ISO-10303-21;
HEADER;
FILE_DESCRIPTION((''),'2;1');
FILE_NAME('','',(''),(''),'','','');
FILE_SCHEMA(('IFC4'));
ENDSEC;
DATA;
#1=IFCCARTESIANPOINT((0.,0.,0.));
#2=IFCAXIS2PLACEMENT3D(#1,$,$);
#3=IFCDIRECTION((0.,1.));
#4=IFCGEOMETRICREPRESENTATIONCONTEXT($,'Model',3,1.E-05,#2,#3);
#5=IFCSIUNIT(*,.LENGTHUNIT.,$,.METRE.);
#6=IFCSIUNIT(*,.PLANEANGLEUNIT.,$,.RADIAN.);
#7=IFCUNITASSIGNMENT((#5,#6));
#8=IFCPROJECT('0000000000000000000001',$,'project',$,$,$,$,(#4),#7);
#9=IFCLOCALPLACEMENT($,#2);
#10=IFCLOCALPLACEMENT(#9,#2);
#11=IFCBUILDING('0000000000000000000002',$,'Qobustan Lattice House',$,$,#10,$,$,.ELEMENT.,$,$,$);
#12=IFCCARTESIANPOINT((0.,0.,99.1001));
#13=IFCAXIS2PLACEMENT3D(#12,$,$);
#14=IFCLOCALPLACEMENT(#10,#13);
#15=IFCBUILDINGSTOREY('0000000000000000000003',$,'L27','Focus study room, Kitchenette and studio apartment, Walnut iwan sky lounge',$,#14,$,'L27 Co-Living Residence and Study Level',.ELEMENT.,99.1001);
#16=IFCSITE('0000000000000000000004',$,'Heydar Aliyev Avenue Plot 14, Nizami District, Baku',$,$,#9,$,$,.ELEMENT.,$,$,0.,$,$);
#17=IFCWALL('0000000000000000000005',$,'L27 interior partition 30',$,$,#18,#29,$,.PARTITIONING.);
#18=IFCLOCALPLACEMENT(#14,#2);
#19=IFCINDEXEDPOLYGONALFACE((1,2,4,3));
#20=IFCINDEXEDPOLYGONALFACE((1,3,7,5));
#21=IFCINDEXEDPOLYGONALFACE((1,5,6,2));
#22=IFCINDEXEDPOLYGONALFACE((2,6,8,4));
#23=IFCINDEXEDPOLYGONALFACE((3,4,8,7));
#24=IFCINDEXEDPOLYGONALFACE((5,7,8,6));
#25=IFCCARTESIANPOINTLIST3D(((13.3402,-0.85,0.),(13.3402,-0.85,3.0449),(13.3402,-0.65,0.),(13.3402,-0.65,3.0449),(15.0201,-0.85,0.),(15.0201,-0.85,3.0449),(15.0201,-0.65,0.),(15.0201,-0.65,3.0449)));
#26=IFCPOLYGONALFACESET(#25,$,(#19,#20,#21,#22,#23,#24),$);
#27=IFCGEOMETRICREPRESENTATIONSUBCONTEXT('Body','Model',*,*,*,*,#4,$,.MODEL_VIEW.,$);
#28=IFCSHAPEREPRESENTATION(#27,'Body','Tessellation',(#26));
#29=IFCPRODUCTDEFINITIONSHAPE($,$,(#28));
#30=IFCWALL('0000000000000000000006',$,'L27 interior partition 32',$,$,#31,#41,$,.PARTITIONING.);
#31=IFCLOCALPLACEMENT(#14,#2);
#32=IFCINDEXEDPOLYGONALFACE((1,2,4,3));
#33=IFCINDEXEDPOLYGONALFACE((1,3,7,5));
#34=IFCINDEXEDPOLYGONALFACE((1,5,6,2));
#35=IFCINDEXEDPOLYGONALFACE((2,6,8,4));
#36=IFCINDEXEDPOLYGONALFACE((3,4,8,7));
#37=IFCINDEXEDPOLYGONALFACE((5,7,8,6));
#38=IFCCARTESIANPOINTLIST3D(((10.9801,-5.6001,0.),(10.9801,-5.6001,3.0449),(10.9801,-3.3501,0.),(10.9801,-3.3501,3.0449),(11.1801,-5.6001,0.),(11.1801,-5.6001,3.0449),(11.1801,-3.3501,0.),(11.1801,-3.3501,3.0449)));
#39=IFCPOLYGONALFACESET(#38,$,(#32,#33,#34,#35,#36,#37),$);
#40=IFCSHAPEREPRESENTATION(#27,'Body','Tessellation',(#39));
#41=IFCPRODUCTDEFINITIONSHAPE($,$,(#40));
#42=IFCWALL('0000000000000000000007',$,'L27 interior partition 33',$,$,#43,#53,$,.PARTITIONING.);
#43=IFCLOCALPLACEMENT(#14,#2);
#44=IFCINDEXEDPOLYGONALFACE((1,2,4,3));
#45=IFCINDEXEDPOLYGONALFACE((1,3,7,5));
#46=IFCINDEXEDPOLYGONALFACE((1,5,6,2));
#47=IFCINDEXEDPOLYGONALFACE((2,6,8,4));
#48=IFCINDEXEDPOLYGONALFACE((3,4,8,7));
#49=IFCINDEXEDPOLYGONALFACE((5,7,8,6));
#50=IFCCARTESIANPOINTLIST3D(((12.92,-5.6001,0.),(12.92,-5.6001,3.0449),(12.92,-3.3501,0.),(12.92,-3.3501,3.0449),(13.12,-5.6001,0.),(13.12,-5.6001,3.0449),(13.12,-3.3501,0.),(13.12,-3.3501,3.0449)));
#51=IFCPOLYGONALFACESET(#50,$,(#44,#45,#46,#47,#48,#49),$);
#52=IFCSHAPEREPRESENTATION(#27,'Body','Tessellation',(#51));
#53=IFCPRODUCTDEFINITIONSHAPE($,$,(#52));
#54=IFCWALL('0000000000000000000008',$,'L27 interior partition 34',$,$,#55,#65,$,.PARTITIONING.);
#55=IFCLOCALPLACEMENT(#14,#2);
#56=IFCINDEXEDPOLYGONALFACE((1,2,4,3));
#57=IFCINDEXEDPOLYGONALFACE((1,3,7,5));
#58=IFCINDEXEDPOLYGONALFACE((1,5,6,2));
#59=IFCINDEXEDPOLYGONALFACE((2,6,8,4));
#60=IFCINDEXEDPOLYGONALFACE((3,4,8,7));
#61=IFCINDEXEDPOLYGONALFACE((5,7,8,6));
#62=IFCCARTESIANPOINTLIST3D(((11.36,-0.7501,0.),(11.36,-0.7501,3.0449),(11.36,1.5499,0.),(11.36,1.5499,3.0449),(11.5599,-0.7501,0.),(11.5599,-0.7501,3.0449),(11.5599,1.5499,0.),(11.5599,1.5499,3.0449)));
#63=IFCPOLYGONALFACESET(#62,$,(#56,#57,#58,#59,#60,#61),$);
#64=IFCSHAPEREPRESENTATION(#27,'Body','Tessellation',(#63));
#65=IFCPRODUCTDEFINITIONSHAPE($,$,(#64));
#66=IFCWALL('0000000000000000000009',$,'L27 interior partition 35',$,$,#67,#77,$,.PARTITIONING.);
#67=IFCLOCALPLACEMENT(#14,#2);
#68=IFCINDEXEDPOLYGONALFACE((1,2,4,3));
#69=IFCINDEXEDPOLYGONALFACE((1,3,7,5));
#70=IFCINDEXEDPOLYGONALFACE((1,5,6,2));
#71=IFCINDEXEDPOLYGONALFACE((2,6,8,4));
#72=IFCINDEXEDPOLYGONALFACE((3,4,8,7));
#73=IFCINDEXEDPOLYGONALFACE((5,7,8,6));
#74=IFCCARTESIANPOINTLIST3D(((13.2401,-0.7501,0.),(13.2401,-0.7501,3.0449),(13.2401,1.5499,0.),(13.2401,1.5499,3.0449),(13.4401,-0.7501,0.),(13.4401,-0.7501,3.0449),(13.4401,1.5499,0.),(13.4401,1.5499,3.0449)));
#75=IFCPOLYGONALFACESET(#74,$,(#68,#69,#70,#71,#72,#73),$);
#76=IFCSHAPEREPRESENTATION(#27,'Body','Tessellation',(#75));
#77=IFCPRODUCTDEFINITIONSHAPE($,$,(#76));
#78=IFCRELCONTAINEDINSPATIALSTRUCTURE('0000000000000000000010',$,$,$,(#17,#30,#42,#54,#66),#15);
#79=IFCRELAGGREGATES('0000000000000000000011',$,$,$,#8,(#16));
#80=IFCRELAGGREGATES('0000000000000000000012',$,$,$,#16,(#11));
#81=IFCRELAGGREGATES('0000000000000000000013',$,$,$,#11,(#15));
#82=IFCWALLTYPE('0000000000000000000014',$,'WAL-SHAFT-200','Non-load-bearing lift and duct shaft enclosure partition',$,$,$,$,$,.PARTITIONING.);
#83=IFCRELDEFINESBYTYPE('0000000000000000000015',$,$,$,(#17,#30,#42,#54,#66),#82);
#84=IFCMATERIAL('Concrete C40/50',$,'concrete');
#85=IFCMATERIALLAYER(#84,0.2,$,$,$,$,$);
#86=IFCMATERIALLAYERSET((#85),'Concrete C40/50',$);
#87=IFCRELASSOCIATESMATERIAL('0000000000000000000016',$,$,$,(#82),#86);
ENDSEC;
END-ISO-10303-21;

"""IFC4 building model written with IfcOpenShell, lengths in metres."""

from ifc_helpers import new_model, si_unit, direction, frame, frame_2d, origin, place, context, subcontext, project, spatial, rectangle, extrude, material, layer, layer_set, type_object, element, save


model = new_model("IFC4")

# Units and contexts
model_context = context("Model", 3, precision=1e-05, world=origin(), true_north=direction((0.0, 1.0)))
body_context = subcontext(model_context, "Body", "Model", "MODEL_VIEW")
ifc_project = project(units=[si_unit("LENGTHUNIT", "METRE"), si_unit("PLANEANGLEUNIT", "RADIAN")], contexts=[model_context])

# Site, building, storey
site_placement = place(None, origin())
site = spatial("IfcSite", under=ifc_project, at=site_placement, Name="Heydar Aliyev Avenue Plot 14, Nizami District, Baku", CompositionType="ELEMENT", RefElevation=0.0)
building_placement = place(site_placement, origin())
building = spatial("IfcBuilding", under=site, at=building_placement, Name="Qobustan Lattice House", CompositionType="ELEMENT")
storey_placement = place(building_placement, frame((0.0, 0.0, 99.1001)))
storey = spatial("IfcBuildingStorey", under=building, at=storey_placement, Name="L27", Description="Focus study room, Kitchenette and studio apartment, Walnut iwan sky lounge", LongName="L27 Co-Living Residence and Study Level", CompositionType="ELEMENT", Elevation=99.1001)

# Walls
ifc_material_1 = material(Name="Concrete C40/50", Category="concrete")
ifc_layer_1 = layer(ifc_material_1, 0.2)
ifc_layer_set_1 = layer_set([ifc_layer_1], Name="Concrete C40/50")
wall_type_1 = type_object("IfcWallType", Name="WAL-SHAFT-200", Description="Non-load-bearing lift and duct shaft enclosure partition", PredefinedType="PARTITIONING", material=ifc_layer_set_1)
wall_1_placement = place(storey_placement, frame((15.02, -0.75, 0.0), z_axis=(0.0, 0.0, 1.0), x_axis=(-1.0, 0.0, 0.0)))
element("IfcWall", 1, at=wall_1_placement, inside=storey, type_object=wall_type_1, Name="L27 interior partition 30", PredefinedType="PARTITIONING", context=body_context, shape_type="SweptSolid", body=[
    extrude(rectangle(XDim=1.6799, YDim=0.2, at=frame_2d((0.8398, 0.0))), origin(), (0.0, 0.0, 1.0), 3.0449),
])
for number, where, z_axis, x_axis, name in (
    (2, (11.0801, -5.6001, 0.0), (0.0, 0.0, 1.0), (0.0, 1.0, 0.0), "L27 interior partition 32"),
    (3, (13.02, -5.6001, 0.0), (0.0, 0.0, 1.0), (0.0, 1.0, 0.0), "L27 interior partition 33"),
):
    element("IfcWall", number, at=place(storey_placement, frame(where, z_axis=z_axis, x_axis=x_axis)), inside=storey, type_object=wall_type_1, Name=name, PredefinedType="PARTITIONING", context=body_context, shape_type="SweptSolid", body=[
        extrude(rectangle(XDim=2.25, YDim=0.2, at=frame_2d((1.125, 0.0))), origin(), (0.0, 0.0, 1.0), 3.0449),
    ])
for number, where, z_axis, x_axis, name in (
    (4, (11.46, -0.75, 0.0), (0.0, 0.0, 1.0), (0.0, 1.0, 0.0), "L27 interior partition 34"),
    (5, (13.3401, -0.75, 0.0), (0.0, 0.0, 1.0), (0.0, 1.0, 0.0), "L27 interior partition 35"),
):
    element("IfcWall", number, at=place(storey_placement, frame(where, z_axis=z_axis, x_axis=x_axis)), inside=storey, type_object=wall_type_1, Name=name, PredefinedType="PARTITIONING", context=body_context, shape_type="SweptSolid", body=[
        extrude(rectangle(XDim=2.3, YDim=0.2, at=frame_2d((1.1499, 0.0))), origin(), (0.0, 0.0, 1.0), 3.0449),
    ])

save(model, "model.ifc")
